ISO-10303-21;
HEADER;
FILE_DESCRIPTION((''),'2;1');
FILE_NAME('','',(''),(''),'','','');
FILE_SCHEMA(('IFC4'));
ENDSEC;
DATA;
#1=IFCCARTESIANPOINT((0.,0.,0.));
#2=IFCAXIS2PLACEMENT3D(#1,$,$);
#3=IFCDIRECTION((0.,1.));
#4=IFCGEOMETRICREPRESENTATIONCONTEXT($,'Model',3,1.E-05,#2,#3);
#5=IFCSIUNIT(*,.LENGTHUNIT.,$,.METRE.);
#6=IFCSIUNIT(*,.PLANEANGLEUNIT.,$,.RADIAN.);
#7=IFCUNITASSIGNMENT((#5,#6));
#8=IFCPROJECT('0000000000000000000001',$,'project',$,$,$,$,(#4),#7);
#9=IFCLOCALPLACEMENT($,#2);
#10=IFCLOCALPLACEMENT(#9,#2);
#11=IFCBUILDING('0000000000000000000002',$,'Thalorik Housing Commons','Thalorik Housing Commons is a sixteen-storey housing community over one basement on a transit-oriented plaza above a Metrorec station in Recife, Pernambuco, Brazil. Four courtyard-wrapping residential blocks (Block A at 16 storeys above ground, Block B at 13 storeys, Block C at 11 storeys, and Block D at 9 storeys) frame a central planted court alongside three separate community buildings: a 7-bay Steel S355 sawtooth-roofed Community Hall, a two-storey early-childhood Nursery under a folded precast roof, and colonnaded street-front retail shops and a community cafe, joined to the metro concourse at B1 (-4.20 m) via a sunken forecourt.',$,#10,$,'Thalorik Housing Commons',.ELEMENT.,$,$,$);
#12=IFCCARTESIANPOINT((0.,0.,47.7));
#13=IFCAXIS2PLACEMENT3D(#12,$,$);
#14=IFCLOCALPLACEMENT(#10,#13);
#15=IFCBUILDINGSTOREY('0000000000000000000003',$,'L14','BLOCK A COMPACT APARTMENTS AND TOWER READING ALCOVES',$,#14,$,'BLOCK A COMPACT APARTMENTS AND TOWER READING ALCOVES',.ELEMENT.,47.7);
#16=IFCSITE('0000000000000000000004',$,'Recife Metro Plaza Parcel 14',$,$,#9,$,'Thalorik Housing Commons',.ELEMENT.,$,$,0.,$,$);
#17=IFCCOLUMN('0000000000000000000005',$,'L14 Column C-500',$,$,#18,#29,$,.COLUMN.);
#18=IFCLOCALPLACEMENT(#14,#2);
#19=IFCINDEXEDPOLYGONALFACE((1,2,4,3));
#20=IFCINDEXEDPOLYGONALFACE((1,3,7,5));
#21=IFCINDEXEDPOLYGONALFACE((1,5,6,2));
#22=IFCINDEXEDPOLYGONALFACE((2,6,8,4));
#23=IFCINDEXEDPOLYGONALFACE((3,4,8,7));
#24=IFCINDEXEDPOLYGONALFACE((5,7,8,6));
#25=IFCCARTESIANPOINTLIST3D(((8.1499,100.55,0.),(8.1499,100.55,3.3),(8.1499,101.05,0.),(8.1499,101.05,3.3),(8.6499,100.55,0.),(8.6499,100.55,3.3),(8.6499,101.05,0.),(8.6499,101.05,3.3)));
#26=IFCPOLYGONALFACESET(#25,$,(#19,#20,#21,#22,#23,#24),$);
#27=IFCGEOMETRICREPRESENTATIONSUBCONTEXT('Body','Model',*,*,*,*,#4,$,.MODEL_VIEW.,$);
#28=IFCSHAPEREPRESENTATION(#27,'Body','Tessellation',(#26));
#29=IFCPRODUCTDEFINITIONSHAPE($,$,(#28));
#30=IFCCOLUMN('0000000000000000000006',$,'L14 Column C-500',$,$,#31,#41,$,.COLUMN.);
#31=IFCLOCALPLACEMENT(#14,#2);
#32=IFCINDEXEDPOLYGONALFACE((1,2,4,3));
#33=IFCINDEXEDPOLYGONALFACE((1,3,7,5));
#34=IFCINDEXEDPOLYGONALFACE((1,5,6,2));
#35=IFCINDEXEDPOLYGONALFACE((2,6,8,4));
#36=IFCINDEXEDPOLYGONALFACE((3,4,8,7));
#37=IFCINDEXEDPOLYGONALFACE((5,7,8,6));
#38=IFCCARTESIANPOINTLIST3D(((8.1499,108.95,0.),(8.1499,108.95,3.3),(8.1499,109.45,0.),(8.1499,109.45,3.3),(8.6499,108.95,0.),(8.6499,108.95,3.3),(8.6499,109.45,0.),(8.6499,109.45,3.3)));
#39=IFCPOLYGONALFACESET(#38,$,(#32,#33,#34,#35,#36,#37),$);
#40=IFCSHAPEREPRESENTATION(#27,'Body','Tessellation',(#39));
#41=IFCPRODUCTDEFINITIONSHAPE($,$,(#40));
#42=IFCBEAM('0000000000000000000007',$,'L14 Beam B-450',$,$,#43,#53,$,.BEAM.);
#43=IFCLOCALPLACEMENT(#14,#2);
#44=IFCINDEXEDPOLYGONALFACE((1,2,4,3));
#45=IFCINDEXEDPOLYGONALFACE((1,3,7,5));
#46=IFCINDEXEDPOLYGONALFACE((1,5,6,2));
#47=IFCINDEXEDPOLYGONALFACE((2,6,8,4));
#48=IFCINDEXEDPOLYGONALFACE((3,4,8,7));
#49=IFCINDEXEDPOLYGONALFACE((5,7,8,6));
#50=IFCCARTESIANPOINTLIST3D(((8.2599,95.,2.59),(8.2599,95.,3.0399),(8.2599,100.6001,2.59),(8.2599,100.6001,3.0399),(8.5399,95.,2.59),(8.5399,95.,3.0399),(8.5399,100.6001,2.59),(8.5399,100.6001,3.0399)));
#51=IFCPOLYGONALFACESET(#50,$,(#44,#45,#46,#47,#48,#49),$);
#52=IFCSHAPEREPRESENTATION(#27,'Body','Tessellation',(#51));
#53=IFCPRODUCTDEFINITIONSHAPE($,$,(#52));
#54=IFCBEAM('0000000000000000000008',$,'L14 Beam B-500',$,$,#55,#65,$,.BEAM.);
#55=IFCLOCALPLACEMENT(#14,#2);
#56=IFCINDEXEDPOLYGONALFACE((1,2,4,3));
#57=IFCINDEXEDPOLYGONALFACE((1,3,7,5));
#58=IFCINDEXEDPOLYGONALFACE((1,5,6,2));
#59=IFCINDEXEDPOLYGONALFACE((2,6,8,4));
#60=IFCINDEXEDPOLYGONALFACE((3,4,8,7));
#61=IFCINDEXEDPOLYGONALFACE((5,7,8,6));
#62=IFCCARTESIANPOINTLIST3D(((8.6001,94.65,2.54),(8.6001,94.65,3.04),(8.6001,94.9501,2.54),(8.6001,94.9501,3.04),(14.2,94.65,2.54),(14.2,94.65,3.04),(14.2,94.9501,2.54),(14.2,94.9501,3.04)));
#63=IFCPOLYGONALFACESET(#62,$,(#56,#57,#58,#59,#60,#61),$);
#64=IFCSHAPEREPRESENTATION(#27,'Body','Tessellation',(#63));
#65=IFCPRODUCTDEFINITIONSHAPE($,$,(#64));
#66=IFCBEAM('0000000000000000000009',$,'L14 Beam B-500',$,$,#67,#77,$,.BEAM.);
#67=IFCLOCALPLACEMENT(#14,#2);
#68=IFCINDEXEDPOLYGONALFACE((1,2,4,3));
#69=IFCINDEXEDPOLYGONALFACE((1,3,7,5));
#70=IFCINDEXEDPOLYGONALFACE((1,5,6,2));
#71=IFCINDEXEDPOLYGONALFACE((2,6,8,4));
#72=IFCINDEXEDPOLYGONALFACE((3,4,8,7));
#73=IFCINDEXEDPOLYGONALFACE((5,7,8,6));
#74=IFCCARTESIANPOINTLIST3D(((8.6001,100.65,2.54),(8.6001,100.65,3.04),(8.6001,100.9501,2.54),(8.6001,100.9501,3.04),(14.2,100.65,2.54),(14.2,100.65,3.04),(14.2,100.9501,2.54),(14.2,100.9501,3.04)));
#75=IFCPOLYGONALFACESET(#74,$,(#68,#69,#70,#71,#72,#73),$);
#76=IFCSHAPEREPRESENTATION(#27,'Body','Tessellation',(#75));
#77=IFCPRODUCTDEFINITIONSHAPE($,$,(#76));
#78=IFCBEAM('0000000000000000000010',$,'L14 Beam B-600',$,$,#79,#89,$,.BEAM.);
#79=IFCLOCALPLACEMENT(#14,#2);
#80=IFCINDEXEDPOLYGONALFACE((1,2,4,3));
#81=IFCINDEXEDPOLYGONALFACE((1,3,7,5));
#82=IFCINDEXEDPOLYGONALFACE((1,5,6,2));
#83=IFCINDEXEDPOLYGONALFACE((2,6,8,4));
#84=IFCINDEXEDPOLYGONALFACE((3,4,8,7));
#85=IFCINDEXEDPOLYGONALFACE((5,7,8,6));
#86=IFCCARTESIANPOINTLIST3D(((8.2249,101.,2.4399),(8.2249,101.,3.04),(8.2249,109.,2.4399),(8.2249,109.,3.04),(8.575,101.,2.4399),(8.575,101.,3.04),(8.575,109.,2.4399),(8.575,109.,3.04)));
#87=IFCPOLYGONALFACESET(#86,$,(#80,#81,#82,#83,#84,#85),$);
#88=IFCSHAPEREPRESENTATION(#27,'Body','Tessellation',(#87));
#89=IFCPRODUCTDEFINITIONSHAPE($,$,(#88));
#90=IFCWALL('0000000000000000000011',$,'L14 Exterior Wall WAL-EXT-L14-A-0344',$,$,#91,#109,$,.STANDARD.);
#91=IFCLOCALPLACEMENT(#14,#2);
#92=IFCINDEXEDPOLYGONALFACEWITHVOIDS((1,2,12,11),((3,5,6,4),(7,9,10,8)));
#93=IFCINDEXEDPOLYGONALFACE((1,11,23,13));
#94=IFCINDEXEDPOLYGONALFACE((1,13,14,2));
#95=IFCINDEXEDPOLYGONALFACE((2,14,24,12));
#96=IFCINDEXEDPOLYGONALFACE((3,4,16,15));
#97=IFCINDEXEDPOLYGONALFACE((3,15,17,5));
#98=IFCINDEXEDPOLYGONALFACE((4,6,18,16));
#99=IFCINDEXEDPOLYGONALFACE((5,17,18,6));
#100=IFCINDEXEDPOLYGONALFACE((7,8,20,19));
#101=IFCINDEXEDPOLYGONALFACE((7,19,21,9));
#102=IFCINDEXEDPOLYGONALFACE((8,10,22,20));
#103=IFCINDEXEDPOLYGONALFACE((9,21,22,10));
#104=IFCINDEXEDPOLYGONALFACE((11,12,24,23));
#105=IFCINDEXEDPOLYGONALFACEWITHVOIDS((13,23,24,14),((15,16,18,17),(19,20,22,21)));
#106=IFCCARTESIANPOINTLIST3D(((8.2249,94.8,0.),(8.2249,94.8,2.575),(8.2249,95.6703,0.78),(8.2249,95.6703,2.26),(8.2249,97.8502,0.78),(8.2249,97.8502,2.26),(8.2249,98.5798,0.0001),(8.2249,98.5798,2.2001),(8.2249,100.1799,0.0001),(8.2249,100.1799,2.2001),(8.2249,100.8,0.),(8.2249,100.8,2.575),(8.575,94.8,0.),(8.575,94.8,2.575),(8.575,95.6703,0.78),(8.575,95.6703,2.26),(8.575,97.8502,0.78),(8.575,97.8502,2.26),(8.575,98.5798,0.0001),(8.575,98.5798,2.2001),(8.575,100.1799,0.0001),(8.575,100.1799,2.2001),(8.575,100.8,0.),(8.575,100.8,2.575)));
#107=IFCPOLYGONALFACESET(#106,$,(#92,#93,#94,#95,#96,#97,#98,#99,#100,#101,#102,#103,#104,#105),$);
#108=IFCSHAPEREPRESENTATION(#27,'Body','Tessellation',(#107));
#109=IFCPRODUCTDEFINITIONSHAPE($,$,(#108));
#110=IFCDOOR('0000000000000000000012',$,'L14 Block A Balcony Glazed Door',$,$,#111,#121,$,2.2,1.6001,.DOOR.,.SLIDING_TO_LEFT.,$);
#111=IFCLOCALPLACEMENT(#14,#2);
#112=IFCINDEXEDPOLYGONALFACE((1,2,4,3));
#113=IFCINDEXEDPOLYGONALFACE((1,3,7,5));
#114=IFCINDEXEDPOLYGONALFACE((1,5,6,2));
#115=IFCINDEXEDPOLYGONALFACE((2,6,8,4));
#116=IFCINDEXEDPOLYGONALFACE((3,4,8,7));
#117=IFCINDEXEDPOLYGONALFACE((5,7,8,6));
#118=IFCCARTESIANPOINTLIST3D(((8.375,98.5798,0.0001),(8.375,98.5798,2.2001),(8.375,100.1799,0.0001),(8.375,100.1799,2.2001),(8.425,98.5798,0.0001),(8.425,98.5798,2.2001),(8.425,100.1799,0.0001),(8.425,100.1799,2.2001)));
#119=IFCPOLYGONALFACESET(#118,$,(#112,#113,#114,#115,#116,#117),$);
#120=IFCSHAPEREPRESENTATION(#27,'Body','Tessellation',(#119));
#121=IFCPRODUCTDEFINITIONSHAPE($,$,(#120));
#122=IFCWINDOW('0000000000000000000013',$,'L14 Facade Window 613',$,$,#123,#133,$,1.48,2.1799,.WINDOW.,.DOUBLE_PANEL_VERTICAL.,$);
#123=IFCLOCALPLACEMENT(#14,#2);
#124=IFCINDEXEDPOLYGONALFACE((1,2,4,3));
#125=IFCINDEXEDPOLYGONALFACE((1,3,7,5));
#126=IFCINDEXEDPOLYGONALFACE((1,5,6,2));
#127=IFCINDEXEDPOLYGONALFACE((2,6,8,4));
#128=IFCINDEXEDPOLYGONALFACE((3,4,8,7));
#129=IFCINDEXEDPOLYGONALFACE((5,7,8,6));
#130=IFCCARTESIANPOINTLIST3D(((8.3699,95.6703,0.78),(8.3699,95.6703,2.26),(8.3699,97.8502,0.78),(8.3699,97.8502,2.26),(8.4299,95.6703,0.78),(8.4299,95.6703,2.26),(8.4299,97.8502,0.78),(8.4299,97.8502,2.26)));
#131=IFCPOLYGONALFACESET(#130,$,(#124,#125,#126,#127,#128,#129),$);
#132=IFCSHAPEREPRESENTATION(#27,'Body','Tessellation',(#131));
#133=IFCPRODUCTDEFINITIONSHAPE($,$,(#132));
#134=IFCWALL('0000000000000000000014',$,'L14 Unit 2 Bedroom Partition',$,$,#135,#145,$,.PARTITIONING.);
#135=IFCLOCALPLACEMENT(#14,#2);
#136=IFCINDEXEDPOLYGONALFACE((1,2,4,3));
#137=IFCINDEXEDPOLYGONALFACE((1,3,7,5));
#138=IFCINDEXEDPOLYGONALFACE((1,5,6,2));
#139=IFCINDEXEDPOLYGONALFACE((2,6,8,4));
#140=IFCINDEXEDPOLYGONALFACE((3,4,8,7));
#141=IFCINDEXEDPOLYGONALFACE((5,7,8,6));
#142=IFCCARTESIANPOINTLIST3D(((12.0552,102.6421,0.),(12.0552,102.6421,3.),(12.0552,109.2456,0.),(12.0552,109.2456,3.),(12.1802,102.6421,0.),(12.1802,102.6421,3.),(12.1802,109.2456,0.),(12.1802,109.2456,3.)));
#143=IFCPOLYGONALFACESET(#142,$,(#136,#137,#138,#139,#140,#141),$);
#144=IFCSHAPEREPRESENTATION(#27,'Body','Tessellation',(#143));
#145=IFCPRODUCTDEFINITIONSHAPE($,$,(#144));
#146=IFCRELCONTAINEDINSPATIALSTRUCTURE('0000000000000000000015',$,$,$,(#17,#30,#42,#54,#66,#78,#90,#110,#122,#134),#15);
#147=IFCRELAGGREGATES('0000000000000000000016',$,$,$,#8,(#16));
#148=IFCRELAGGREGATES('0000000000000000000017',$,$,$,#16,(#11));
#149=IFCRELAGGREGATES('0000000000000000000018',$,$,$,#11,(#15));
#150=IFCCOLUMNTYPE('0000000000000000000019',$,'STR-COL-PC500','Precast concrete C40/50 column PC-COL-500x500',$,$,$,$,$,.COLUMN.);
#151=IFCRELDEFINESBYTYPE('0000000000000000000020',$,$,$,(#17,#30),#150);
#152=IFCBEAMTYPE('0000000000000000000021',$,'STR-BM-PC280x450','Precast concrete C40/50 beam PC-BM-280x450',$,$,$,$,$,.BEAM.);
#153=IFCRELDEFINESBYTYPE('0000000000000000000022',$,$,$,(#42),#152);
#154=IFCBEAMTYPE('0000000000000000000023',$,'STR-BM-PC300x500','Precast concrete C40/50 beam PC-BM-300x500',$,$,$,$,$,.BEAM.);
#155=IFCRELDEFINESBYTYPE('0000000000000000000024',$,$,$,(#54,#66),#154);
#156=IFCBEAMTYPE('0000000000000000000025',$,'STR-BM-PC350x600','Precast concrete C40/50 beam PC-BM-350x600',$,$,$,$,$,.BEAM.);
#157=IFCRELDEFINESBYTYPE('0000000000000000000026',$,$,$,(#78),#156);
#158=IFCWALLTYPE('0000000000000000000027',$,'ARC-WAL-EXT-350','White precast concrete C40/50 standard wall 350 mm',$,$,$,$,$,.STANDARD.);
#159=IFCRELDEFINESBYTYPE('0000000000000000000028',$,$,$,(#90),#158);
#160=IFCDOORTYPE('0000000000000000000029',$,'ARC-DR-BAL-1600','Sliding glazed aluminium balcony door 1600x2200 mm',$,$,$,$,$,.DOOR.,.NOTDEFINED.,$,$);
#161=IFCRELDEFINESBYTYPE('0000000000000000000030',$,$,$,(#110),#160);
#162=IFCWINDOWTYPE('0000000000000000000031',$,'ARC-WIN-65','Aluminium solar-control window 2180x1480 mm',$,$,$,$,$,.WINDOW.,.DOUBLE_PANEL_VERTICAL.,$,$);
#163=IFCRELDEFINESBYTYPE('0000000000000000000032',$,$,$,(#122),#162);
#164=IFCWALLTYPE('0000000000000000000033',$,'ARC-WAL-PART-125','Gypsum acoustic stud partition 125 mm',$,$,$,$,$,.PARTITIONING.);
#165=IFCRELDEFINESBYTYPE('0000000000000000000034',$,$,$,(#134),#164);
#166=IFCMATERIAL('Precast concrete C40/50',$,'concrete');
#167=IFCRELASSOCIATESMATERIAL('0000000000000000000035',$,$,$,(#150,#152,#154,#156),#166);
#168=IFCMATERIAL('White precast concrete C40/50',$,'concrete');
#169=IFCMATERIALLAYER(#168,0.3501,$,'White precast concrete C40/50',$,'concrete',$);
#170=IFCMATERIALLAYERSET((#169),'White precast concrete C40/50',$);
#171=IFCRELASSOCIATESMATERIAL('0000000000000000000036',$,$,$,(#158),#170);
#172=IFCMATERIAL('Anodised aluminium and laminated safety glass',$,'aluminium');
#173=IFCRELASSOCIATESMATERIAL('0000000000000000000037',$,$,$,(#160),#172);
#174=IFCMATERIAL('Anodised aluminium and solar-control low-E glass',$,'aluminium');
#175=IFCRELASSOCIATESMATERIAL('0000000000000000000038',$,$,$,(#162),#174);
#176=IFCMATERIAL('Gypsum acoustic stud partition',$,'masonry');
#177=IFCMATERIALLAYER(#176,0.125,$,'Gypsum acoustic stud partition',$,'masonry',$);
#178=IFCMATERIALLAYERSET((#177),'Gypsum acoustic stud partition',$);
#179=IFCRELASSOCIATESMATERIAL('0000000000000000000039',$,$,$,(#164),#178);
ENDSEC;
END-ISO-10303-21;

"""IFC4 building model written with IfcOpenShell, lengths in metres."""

from ifc_helpers import new_model, si_unit, direction, frame, frame_2d, origin, origin_2d, place, context, subcontext, project, spatial, rectangle, extrude, material, layer, layer_set, material_profile, profile_set, type_object, element, fill, save


model = new_model("IFC4")

# Units and contexts
model_context = context("Model", 3, precision=1e-05, world=origin(), true_north=direction((0.0, 1.0)))
body_context = subcontext(model_context, "Body", "Model", "MODEL_VIEW")
ifc_project = project(units=[si_unit("LENGTHUNIT", "METRE"), si_unit("PLANEANGLEUNIT", "RADIAN")], contexts=[model_context])

# Site, building, storey
site_placement = place(None, origin())
site = spatial("IfcSite", under=ifc_project, at=site_placement, Name="Recife Metro Plaza Parcel 14", LongName="Thalorik Housing Commons", CompositionType="ELEMENT", RefElevation=0.0)
building_placement = place(site_placement, origin())
building = spatial("IfcBuilding", under=site, at=building_placement, Name="Thalorik Housing Commons", Description="Thalorik Housing Commons is a sixteen-storey housing community over one basement on a transit-oriented plaza above a Metrorec station in Recife, Pernambuco, Brazil. Four courtyard-wrapping residential blocks (Block A at 16 storeys above ground, Block B at 13 storeys, Block C at 11 storeys, and Block D at 9 storeys) frame a central planted court alongside three separate community buildings: a 7-bay Steel S355 sawtooth-roofed Community Hall, a two-storey early-childhood Nursery under a folded precast roof, and colonnaded street-front retail shops and a community cafe, joined to the metro concourse at B1 (-4.20 m) via a sunken forecourt.", LongName="Thalorik Housing Commons", CompositionType="ELEMENT")
storey_placement = place(building_placement, frame((0.0, 0.0, 47.7)))
storey = spatial("IfcBuildingStorey", under=building, at=storey_placement, Name="L14", Description="BLOCK A COMPACT APARTMENTS AND TOWER READING ALCOVES", LongName="BLOCK A COMPACT APARTMENTS AND TOWER READING ALCOVES", CompositionType="ELEMENT", Elevation=47.7)

# Columns
ifc_material_1 = material(Name="Precast concrete C40/50", Category="concrete")
ifc_material_profile_1 = material_profile(ifc_material_1, rectangle(XDim=0.5, YDim=0.5, at=origin_2d()), Name="PC 500x500", Category="concrete")
ifc_profile_set_1 = profile_set([ifc_material_profile_1], Name="Precast concrete C40/50")
column_type = type_object("IfcColumnType", Name="STR-COL-PC500", Description="Precast concrete C40/50 column PC-COL-500x500", PredefinedType="COLUMN", material=ifc_profile_set_1)
for number, where, z_axis, x_axis, name in (
    (1, (8.3999, 100.8, 0.0), (0.0, 0.0, 1.0), (1.0, 0.0, 0.0), "L14 Column C-500"),
    (2, (8.3999, 109.2, 0.0), (0.0, 0.0, 1.0), (1.0, 0.0, 0.0), "L14 Column C-500"),
):
    element("IfcColumn", number, at=place(storey_placement, frame(where, z_axis=z_axis, x_axis=x_axis)), inside=storey, type_object=column_type, Name=name, PredefinedType="COLUMN", context=body_context, shape_type="SweptSolid", body=[
        extrude(rectangle(XDim=0.5, YDim=0.5, at=origin_2d()), origin(), (0.0, 0.0, 1.0), 3.3),
    ])

# Beams
ifc_material_profile_2 = material_profile(ifc_material_1, rectangle(XDim=0.28, YDim=0.45, at=origin_2d()), Name="PC 280x450", Category="concrete")
ifc_profile_set_2 = profile_set([ifc_material_profile_2], Name="Precast concrete C40/50")
beam_type_1 = type_object("IfcBeamType", Name="STR-BM-PC280x450", Description="Precast concrete C40/50 beam PC-BM-280x450", PredefinedType="BEAM", material=ifc_profile_set_2)
beam_1_placement = place(storey_placement, frame((8.3999, 95.0, 2.8149), z_axis=(0.0, 1.0, 0.0), x_axis=(-1.0, 0.0, 0.0)))
element("IfcBeam", 3, at=beam_1_placement, inside=storey, type_object=beam_type_1, Name="L14 Beam B-450", PredefinedType="BEAM", context=body_context, shape_type="SweptSolid", body=[
    extrude(rectangle(XDim=0.28, YDim=0.45, at=origin_2d()), origin(), (0.0, 0.0, 1.0), 5.6001),
])
ifc_material_profile_3 = material_profile(ifc_material_1, rectangle(XDim=0.3, YDim=0.5, at=origin_2d()), Name="PC 300x500", Category="concrete")
ifc_profile_set_3 = profile_set([ifc_material_profile_3], Name="Precast concrete C40/50")
beam_type_2 = type_object("IfcBeamType", Name="STR-BM-PC300x500", Description="Precast concrete C40/50 beam PC-BM-300x500", PredefinedType="BEAM", material=ifc_profile_set_3)
for number, where, z_axis, x_axis, name in (
    (4, (8.6001, 94.8, 2.79), (1.0, 0.0, 0.0), (0.0, 1.0, 0.0), "L14 Beam B-500"),
    (5, (8.6001, 100.8, 2.79), (1.0, 0.0, 0.0), (0.0, 1.0, 0.0), "L14 Beam B-500"),
):
    element("IfcBeam", number, at=place(storey_placement, frame(where, z_axis=z_axis, x_axis=x_axis)), inside=storey, type_object=beam_type_2, Name=name, PredefinedType="BEAM", context=body_context, shape_type="SweptSolid", body=[
        extrude(rectangle(XDim=0.3, YDim=0.5, at=origin_2d()), origin(), (0.0, 0.0, 1.0), 5.5999),
    ])
ifc_material_profile_4 = material_profile(ifc_material_1, rectangle(XDim=0.3501, YDim=0.6001, at=origin_2d()), Name="PC 350x600", Category="concrete")
ifc_profile_set_4 = profile_set([ifc_material_profile_4], Name="Precast concrete C40/50")
beam_type_3 = type_object("IfcBeamType", Name="STR-BM-PC350x600", Description="Precast concrete C40/50 beam PC-BM-350x600", PredefinedType="BEAM", material=ifc_profile_set_4)
beam_2_placement = place(storey_placement, frame((8.3999, 101.0, 2.74), z_axis=(0.0, 1.0, 0.0), x_axis=(-1.0, 0.0, 0.0)))
element("IfcBeam", 6, at=beam_2_placement, inside=storey, type_object=beam_type_3, Name="L14 Beam B-600", PredefinedType="BEAM", context=body_context, shape_type="SweptSolid", body=[
    extrude(rectangle(XDim=0.3501, YDim=0.6001, at=origin_2d()), origin(), (0.0, 0.0, 1.0), 8.0),
])

# Wall, openings, door, window
ifc_material_2 = material(Name="White precast concrete C40/50", Category="concrete")
ifc_layer_1 = layer(ifc_material_2, 0.3501, Name="White precast concrete C40/50", Category="concrete")
ifc_layer_set_1 = layer_set([ifc_layer_1], Name="White precast concrete C40/50")
wall_type_1 = type_object("IfcWallType", Name="ARC-WAL-EXT-350", Description="White precast concrete C40/50 standard wall 350 mm", PredefinedType="STANDARD", material=ifc_layer_set_1)
wall_1_placement = place(storey_placement, frame((8.3999, 100.8, 0.0), z_axis=(0.0, 0.0, 1.0), x_axis=(0.0, -1.0, 0.0)))
wall_1 = element("IfcWall", 7, at=wall_1_placement, inside=storey, type_object=wall_type_1, Name="L14 Exterior Wall WAL-EXT-L14-A-0344", PredefinedType="STANDARD", context=body_context, shape_type="SweptSolid", body=[
    extrude(rectangle(XDim=6.0, YDim=0.3501, at=frame_2d((3.0, 0.0))), origin(), (0.0, 0.0, 1.0), 2.575),
])
opening_1_placement = place(wall_1_placement, frame((0.6201, 0.0, 0.0)))
opening_1 = element("IfcOpeningElement", 8, at=opening_1_placement, cuts=wall_1, PredefinedType="OPENING", context=body_context, shape_type="SweptSolid", body=[
    extrude(rectangle(XDim=1.6001, YDim=2.2, at=frame_2d((0.8, 1.1001))), frame((0.0, 0.1851, 0.0), z_axis=(0.0, -1.0, 0.0), x_axis=(1.0, 0.0, 0.0)), (0.0, 0.0, 1.0), 0.3701),
])
opening_2_placement = place(wall_1_placement, frame((2.95, 0.0, 0.78)))
opening_2 = element("IfcOpeningElement", 9, at=opening_2_placement, cuts=wall_1, PredefinedType="OPENING", context=body_context, shape_type="SweptSolid", body=[
    extrude(rectangle(XDim=2.1799, YDim=1.48, at=frame_2d((1.0898, 0.74))), frame((0.0, 0.1851, 0.0), z_axis=(0.0, -1.0, 0.0), x_axis=(1.0, 0.0, 0.0)), (0.0, 0.0, 1.0), 0.3701),
])
ifc_material_3 = material(Name="Anodised aluminium and laminated safety glass", Category="aluminium")
door_type_1 = type_object("IfcDoorType", Name="ARC-DR-BAL-1600", Description="Sliding glazed aluminium balcony door 1600x2200 mm", OperationType="NOTDEFINED", PredefinedType="DOOR", material=ifc_material_3)
door_1_placement = place(opening_1_placement, frame((1.6001, 0.0, 0.0), z_axis=(0.0, 0.0, 1.0), x_axis=(-1.0, 0.0, 0.0)))
door_1 = element("IfcDoor", 10, at=door_1_placement, inside=storey, type_object=door_type_1, Name="L14 Block A Balcony Glazed Door", OperationType="SLIDING_TO_LEFT", OverallHeight=2.2, OverallWidth=1.6001, PredefinedType="DOOR", context=body_context, shape_type="SweptSolid", body=[
    extrude(rectangle(XDim=1.6001, YDim=2.2, at=frame_2d((0.8, 1.1001))), frame((0.0, 0.0249, 0.0), z_axis=(0.0, -1.0, 0.0), x_axis=(1.0, 0.0, 0.0)), (0.0, 0.0, 1.0), 0.05),
])
fill(opening_1, door_1)
ifc_material_4 = material(Name="Anodised aluminium and solar-control low-E glass", Category="aluminium")
window_type_1 = type_object("IfcWindowType", Name="ARC-WIN-65", Description="Aluminium solar-control window 2180x1480 mm", PartitioningType="DOUBLE_PANEL_VERTICAL", PredefinedType="WINDOW", material=ifc_material_4)
window_1_placement = place(opening_2_placement, origin())
window_1 = element("IfcWindow", 11, at=window_1_placement, inside=storey, type_object=window_type_1, Name="L14 Facade Window 613", OverallHeight=1.48, OverallWidth=2.1799, PartitioningType="DOUBLE_PANEL_VERTICAL", PredefinedType="WINDOW", context=body_context, shape_type="SweptSolid", body=[
    extrude(rectangle(XDim=2.1799, YDim=1.48, at=frame_2d((1.0898, 0.74))), frame((0.0, 0.03, 0.0), z_axis=(0.0, -1.0, 0.0), x_axis=(1.0, 0.0, 0.0)), (0.0, 0.0, 1.0), 0.0601),
])
fill(opening_2, window_1)

# Wall
ifc_material_5 = material(Name="Gypsum acoustic stud partition", Category="masonry")
ifc_layer_2 = layer(ifc_material_5, 0.125, Name="Gypsum acoustic stud partition", Category="masonry")
ifc_layer_set_2 = layer_set([ifc_layer_2], Name="Gypsum acoustic stud partition")
wall_type_2 = type_object("IfcWallType", Name="ARC-WAL-PART-125", Description="Gypsum acoustic stud partition 125 mm", PredefinedType="PARTITIONING", material=ifc_layer_set_2)
wall_2_placement = place(storey_placement, frame((12.1177, 102.6421, 0.0), z_axis=(0.0, 0.0, 1.0), x_axis=(0.0, 1.0, 0.0)))
element("IfcWall", 12, at=wall_2_placement, inside=storey, type_object=wall_type_2, Name="L14 Unit 2 Bedroom Partition", PredefinedType="PARTITIONING", context=body_context, shape_type="SweptSolid", body=[
    extrude(rectangle(XDim=6.6035, YDim=0.125, at=frame_2d((3.3018, 0.0))), origin(), (0.0, 0.0, 1.0), 3.0),
])

save(model, "model.ifc")
